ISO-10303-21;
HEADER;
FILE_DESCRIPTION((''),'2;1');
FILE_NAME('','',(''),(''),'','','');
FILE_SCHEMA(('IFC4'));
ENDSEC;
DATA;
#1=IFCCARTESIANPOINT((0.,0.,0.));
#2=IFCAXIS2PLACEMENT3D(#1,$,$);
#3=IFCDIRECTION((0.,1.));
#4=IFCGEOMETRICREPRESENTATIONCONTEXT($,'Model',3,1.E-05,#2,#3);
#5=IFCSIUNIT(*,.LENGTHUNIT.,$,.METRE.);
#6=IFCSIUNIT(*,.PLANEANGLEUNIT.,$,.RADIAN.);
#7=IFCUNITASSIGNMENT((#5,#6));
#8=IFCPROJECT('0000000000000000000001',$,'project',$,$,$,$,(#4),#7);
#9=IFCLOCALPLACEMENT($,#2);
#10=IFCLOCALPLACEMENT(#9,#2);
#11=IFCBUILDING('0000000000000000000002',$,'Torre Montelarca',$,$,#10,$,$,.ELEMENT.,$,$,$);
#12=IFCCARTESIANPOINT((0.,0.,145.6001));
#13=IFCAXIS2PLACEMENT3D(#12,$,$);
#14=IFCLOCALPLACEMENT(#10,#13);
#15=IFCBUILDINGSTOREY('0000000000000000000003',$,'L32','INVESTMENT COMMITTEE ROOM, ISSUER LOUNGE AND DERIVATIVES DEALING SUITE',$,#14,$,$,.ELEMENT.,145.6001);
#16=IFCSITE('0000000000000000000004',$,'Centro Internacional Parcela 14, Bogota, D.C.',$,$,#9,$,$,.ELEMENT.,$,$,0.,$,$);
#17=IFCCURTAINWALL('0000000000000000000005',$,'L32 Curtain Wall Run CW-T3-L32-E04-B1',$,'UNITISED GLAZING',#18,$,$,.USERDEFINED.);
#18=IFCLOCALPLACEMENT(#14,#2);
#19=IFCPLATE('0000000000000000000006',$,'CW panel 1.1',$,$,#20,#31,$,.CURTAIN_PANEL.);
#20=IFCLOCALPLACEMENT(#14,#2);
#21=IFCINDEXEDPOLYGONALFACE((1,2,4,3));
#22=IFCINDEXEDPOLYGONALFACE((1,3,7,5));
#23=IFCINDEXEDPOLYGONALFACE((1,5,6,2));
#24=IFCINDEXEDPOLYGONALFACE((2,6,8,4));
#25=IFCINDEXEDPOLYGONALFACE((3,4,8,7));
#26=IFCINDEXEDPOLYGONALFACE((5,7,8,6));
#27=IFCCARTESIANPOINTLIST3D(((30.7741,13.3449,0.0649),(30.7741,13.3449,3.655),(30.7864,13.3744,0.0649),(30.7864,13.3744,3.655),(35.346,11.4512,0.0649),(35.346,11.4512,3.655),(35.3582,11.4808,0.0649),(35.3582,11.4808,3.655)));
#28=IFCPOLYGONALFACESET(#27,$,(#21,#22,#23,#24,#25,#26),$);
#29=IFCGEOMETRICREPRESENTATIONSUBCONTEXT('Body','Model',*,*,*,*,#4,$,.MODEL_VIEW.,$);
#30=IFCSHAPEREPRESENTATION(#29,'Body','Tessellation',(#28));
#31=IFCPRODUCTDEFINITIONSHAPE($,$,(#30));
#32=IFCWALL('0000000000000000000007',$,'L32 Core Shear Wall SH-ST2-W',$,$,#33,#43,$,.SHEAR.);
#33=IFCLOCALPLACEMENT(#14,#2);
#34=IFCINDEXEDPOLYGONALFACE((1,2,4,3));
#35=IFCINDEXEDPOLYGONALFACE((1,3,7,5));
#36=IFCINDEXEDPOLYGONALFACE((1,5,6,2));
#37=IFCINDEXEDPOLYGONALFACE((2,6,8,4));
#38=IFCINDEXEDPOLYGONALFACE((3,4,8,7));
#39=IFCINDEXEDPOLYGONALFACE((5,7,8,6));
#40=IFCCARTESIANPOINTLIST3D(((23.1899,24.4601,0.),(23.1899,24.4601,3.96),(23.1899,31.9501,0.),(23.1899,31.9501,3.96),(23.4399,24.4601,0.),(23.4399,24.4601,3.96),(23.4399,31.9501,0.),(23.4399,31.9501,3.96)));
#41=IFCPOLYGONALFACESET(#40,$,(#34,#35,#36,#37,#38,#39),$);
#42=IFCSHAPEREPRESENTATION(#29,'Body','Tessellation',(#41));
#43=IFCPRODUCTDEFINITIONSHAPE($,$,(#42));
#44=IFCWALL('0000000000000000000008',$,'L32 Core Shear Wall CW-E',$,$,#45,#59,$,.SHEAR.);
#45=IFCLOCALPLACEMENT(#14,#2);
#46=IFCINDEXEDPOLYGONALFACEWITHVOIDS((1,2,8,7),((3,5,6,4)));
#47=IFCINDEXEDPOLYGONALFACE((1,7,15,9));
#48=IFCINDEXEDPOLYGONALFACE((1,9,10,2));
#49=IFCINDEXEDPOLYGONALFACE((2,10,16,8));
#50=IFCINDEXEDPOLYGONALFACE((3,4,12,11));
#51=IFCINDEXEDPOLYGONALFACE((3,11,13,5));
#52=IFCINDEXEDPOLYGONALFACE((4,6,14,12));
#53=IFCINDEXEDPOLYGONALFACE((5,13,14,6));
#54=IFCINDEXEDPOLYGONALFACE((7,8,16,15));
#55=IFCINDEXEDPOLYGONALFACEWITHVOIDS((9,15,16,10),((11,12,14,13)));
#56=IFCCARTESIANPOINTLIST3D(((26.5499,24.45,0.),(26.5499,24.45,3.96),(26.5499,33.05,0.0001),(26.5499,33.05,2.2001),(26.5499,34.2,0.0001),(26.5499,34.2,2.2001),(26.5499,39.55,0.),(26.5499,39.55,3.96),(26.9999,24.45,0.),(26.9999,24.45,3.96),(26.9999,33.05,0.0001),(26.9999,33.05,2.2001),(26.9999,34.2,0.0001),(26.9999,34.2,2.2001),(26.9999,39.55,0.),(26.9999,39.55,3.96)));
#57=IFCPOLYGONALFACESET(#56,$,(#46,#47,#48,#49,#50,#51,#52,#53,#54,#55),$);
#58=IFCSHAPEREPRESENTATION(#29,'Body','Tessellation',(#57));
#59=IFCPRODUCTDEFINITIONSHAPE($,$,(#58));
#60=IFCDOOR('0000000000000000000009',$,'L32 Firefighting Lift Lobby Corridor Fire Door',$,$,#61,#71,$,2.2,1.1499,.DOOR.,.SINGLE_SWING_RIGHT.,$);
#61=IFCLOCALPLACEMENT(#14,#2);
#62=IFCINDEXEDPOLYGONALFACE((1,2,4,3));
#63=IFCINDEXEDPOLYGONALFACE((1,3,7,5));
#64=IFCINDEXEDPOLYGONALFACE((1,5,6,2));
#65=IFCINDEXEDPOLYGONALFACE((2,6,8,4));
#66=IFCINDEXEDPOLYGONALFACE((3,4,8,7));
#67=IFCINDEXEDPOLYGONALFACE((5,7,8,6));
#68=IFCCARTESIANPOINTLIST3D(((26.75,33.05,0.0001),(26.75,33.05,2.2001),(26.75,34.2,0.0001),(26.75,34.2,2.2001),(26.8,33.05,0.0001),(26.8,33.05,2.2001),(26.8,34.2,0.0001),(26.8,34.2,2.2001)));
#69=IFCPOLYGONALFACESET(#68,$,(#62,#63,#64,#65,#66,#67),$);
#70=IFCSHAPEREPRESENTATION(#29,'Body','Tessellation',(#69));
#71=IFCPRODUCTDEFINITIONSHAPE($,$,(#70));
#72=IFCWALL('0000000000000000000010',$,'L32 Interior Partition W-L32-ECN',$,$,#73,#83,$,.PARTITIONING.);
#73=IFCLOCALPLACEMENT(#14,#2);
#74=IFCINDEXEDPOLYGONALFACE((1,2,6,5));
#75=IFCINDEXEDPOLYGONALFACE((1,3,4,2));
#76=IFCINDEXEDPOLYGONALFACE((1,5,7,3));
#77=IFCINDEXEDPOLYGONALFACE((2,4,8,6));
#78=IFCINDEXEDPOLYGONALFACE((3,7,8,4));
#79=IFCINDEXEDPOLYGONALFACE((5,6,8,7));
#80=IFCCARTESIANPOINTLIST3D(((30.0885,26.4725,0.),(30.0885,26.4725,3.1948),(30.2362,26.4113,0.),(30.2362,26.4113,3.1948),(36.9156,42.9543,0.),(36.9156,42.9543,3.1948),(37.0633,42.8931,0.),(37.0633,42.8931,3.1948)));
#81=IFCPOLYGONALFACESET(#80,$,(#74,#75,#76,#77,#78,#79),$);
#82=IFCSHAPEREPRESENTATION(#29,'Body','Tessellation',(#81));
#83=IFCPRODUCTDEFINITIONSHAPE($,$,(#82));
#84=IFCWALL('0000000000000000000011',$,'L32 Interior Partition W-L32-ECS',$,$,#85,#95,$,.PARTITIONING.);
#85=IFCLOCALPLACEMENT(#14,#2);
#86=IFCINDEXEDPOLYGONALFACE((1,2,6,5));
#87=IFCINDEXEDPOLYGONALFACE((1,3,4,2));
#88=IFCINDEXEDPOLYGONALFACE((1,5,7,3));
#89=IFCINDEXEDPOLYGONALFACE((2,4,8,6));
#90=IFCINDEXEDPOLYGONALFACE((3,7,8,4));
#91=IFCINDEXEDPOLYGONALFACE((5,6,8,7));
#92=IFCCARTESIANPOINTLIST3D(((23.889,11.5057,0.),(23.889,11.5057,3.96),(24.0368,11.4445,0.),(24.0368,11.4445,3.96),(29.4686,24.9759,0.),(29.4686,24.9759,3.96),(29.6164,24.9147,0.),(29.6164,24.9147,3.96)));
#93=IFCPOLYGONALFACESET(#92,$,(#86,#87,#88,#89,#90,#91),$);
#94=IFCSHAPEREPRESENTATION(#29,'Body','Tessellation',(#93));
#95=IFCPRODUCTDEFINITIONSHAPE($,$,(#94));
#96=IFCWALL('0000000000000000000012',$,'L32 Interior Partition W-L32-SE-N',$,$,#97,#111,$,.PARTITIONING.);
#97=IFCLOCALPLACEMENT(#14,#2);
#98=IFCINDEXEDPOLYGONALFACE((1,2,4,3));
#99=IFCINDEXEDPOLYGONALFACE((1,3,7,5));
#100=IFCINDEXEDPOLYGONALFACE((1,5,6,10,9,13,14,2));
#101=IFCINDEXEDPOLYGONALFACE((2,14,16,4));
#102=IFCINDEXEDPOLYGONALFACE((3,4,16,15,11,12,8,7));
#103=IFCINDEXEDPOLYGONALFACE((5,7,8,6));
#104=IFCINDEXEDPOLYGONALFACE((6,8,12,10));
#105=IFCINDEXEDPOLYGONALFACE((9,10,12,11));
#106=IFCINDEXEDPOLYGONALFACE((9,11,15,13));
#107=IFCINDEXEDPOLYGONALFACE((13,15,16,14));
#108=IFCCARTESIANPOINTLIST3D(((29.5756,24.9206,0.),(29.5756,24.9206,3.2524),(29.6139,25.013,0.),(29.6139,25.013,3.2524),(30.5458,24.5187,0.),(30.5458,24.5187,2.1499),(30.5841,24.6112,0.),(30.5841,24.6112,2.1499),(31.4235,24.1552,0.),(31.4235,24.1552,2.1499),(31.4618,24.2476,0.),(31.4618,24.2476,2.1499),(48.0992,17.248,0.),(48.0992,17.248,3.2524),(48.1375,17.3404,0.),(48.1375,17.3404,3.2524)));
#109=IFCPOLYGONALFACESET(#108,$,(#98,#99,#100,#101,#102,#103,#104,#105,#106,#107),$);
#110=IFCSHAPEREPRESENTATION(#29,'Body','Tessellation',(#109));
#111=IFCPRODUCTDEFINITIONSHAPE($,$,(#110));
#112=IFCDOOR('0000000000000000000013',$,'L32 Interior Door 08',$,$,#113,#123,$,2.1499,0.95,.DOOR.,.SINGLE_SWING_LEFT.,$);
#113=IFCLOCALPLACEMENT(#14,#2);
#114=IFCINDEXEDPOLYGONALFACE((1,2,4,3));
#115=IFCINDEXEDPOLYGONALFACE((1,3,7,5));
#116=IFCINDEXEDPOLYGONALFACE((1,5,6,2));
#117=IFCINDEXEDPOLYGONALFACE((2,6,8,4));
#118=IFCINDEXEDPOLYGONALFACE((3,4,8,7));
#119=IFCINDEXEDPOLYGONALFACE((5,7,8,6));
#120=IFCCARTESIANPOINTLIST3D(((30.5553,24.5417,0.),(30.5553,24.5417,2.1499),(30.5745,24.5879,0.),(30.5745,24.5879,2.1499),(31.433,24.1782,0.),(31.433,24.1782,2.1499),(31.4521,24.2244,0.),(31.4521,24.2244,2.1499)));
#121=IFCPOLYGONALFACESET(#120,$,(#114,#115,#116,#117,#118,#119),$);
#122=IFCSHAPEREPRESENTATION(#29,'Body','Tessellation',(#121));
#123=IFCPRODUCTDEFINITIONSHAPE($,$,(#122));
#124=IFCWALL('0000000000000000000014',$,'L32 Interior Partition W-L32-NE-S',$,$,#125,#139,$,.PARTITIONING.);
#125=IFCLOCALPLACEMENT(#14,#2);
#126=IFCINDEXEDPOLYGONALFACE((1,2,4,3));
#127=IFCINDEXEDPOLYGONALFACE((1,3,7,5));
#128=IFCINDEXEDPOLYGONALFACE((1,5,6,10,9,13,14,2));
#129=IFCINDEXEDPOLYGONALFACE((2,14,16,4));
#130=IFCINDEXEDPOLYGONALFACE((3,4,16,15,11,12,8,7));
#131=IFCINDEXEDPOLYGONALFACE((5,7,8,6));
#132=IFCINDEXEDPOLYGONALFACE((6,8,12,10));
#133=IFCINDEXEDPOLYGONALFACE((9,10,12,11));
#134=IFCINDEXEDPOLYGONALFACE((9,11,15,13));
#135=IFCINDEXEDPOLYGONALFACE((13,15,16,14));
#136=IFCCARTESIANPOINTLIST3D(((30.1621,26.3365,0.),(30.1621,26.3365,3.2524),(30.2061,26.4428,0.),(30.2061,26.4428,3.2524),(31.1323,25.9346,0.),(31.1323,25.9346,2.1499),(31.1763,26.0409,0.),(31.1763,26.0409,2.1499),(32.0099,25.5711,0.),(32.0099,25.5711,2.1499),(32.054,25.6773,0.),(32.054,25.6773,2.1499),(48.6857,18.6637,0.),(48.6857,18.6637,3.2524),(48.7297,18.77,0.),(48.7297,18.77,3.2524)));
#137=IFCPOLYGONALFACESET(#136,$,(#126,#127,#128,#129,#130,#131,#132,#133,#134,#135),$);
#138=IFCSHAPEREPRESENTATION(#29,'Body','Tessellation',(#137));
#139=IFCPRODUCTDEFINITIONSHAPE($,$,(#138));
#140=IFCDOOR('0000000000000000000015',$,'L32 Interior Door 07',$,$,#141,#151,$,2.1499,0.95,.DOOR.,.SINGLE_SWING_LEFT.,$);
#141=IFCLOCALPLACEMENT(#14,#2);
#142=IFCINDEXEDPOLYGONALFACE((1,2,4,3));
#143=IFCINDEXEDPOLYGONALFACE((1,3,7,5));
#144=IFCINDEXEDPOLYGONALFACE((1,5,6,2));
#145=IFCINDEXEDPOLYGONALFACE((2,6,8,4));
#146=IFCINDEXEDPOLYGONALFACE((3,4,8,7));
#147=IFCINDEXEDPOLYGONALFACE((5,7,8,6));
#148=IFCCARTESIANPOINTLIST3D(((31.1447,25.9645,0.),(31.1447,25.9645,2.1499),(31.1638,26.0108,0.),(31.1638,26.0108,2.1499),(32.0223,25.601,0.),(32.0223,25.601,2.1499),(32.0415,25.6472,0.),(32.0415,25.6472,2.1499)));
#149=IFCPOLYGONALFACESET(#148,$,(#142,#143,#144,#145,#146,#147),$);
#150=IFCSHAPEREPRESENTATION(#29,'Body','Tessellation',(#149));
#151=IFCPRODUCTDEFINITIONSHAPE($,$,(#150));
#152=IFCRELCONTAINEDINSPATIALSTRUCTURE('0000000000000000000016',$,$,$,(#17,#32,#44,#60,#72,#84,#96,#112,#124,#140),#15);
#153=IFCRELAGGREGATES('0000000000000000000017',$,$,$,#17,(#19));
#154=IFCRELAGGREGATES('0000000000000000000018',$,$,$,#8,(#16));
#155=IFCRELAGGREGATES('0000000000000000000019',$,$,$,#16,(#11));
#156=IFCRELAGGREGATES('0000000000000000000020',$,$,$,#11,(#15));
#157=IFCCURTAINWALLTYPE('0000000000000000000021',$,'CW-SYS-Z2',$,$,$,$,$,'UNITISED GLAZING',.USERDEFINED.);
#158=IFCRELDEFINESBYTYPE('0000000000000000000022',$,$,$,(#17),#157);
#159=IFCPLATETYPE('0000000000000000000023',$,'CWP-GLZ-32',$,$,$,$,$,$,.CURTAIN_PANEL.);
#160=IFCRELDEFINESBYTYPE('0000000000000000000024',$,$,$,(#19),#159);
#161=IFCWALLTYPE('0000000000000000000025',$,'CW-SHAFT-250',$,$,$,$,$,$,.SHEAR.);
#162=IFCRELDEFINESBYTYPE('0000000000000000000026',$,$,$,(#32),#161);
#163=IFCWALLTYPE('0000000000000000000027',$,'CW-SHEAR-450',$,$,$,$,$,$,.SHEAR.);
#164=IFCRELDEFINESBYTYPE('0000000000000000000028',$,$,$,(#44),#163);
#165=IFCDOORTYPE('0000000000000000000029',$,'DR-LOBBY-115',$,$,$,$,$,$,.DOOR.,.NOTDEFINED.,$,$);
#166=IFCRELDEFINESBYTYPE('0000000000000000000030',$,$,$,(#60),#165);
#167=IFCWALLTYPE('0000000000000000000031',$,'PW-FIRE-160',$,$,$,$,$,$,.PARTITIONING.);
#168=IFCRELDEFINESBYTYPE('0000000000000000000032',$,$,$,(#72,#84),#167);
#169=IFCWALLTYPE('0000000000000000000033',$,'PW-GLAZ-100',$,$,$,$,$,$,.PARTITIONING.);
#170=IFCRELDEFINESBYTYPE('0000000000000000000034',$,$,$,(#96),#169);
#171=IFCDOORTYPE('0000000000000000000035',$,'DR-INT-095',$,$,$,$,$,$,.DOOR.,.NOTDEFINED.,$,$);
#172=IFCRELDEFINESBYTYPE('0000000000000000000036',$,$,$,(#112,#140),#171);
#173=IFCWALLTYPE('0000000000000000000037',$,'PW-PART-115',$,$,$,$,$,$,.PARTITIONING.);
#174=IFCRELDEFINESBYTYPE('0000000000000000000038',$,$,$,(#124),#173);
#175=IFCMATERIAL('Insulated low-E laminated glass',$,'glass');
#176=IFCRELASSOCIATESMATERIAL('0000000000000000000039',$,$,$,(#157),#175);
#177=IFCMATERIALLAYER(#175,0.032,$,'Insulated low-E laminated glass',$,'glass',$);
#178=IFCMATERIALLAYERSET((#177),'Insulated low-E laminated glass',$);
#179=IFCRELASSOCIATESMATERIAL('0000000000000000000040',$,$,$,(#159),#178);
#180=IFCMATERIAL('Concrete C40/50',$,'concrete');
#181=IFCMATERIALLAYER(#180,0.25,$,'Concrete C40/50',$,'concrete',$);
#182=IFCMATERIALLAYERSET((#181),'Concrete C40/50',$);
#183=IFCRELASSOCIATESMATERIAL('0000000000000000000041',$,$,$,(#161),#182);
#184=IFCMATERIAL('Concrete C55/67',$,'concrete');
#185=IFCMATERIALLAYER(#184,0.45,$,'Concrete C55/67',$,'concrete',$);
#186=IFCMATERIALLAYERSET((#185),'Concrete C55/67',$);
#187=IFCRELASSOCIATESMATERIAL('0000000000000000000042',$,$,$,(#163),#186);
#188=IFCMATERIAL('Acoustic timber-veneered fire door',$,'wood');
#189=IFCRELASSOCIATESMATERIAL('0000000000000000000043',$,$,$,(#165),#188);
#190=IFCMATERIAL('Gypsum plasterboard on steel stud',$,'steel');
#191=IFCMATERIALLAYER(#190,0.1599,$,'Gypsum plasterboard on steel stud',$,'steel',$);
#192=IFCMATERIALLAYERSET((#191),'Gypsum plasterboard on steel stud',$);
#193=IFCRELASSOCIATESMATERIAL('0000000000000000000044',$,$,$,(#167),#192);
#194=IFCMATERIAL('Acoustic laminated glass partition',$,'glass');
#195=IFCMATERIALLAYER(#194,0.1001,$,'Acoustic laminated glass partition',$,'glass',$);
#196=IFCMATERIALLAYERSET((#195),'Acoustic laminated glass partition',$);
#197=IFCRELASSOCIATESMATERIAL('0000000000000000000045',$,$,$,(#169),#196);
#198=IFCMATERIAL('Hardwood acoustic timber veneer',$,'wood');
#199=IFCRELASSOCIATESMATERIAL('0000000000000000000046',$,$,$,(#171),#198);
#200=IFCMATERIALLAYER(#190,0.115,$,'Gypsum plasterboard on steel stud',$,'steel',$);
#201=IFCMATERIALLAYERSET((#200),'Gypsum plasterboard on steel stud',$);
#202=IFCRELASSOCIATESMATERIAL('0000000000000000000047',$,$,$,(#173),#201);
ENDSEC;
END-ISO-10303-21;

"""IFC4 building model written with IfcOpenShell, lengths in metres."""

from ifc_helpers import new_model, si_unit, direction, frame, frame_2d, origin, origin_2d, place, context, subcontext, project, spatial, rectangle, extrude, source, transform, mapped, material, layer, layer_set, type_object, element, fill, aggregate, save


model = new_model("IFC4")

# Units and contexts
model_context = context("Model", 3, precision=1e-05, world=origin(), true_north=direction((0.0, 1.0)))
body_context = subcontext(model_context, "Body", "Model", "MODEL_VIEW")
ifc_project = project(units=[si_unit("LENGTHUNIT", "METRE"), si_unit("PLANEANGLEUNIT", "RADIAN")], contexts=[model_context])

# Site, building, storey
site_placement = place(None, origin())
site = spatial("IfcSite", under=ifc_project, at=site_placement, Name="Centro Internacional Parcela 14, Bogota, D.C.", CompositionType="ELEMENT", RefElevation=0.0)
building_placement = place(site_placement, origin())
building = spatial("IfcBuilding", under=site, at=building_placement, Name="Torre Montelarca", CompositionType="ELEMENT")
storey_placement = place(building_placement, frame((0.0, 0.0, 145.6001)))
storey = spatial("IfcBuildingStorey", under=building, at=storey_placement, Name="L32", Description="INVESTMENT COMMITTEE ROOM, ISSUER LOUNGE AND DERIVATIVES DEALING SUITE", CompositionType="ELEMENT", Elevation=145.6001)

# Shared definitions
ifc_material_1 = material(Name="Concrete C55/67", Category="concrete")

# Shared definitions
ifc_material_2 = material(Name="Insulated low-E laminated glass", Category="glass")
curtain_wall_type = type_object("IfcCurtainWallType", Name="CW-SYS-Z2", ElementType="UNITISED GLAZING", PredefinedType="USERDEFINED", material=ifc_material_2)

# Curtain wall
curtain_wall_1_placement = place(storey_placement, origin())
curtain_wall_1 = element("IfcCurtainWall", 1, at=curtain_wall_1_placement, inside=storey, type_object=curtain_wall_type, Name="L32 Curtain Wall Run CW-T3-L32-E04-B1", ObjectType="UNITISED GLAZING", PredefinedType="USERDEFINED")

# Plate
ifc_layer_1 = layer(ifc_material_2, 0.032, Name="Insulated low-E laminated glass", Category="glass")
ifc_layer_set_1 = layer_set([ifc_layer_1], Name="Insulated low-E laminated glass")
plate_type = type_object("IfcPlateType", Name="CWP-GLZ-32", PredefinedType="CURTAIN_PANEL", material=ifc_layer_set_1)
shared_shape_1 = source(origin(), body_context, "Body", "SweptSolid", [
    extrude(rectangle(XDim=4.9485, YDim=0.032, at=origin_2d()), origin(), (0.0, 0.0, 1.0), 3.5901),
])
plate_1_placement = place(storey_placement, frame((33.0662, 12.4128, 0.0649), z_axis=(0.0, 0.0, 1.0), x_axis=(0.923885, -0.382671, 0.0)))
plate_1 = element("IfcPlate", 2, at=plate_1_placement, type_object=plate_type, Name="CW panel 1.1", PredefinedType="CURTAIN_PANEL", context=body_context, shape_type="MappedRepresentation", body=[
    mapped(shared_shape_1, transform((0.0, 0.0, 0.0), scale=1.0)),
])
aggregate(curtain_wall_1, [plate_1])

# Wall
ifc_material_3 = material(Name="Concrete C40/50", Category="concrete")
ifc_layer_2 = layer(ifc_material_3, 0.25, Name="Concrete C40/50", Category="concrete")
ifc_layer_set_2 = layer_set([ifc_layer_2], Name="Concrete C40/50")
wall_type_1 = type_object("IfcWallType", Name="CW-SHAFT-250", PredefinedType="SHEAR", material=ifc_layer_set_2)
wall_1_placement = place(storey_placement, frame((23.3149, 24.46, 0.0), z_axis=(0.0, 0.0, 1.0), x_axis=(0.0, 1.0, 0.0)))
element("IfcWall", 3, at=wall_1_placement, inside=storey, type_object=wall_type_1, Name="L32 Core Shear Wall SH-ST2-W", PredefinedType="SHEAR", context=body_context, shape_type="SweptSolid", body=[
    extrude(rectangle(XDim=7.49, YDim=0.25, at=frame_2d((3.7451, 0.0))), origin(), (0.0, 0.0, 1.0), 3.96),
])

# Wall, opening, door
ifc_layer_3 = layer(ifc_material_1, 0.45, Name="Concrete C55/67", Category="concrete")
ifc_layer_set_3 = layer_set([ifc_layer_3], Name="Concrete C55/67")
wall_type_2 = type_object("IfcWallType", Name="CW-SHEAR-450", PredefinedType="SHEAR", material=ifc_layer_set_3)
wall_2_placement = place(storey_placement, frame((26.7749, 24.45, 0.0), z_axis=(0.0, 0.0, 1.0), x_axis=(0.0, 1.0, 0.0)))
wall_2 = element("IfcWall", 4, at=wall_2_placement, inside=storey, type_object=wall_type_2, Name="L32 Core Shear Wall CW-E", PredefinedType="SHEAR", context=body_context, shape_type="SweptSolid", body=[
    extrude(rectangle(XDim=15.1001, YDim=0.45, at=frame_2d((7.55, 0.0))), origin(), (0.0, 0.0, 1.0), 3.96),
])
opening_1_placement = place(wall_2_placement, frame((8.6001, 0.0, 0.0)))
opening_1 = element("IfcOpeningElement", 5, at=opening_1_placement, cuts=wall_2, PredefinedType="OPENING", context=body_context, shape_type="SweptSolid", body=[
    extrude(rectangle(XDim=1.1499, YDim=2.2, at=frame_2d((0.575, 1.1001))), frame((0.0, 0.2349, 0.0), z_axis=(0.0, -1.0, 0.0), x_axis=(1.0, 0.0, 0.0)), (0.0, 0.0, 1.0), 0.47),
])
ifc_material_4 = material(Name="Acoustic timber-veneered fire door", Category="wood")
door_type_1 = type_object("IfcDoorType", Name="DR-LOBBY-115", OperationType="NOTDEFINED", PredefinedType="DOOR", material=ifc_material_4)
shared_shape_2 = source(origin(), body_context, "Body", "SweptSolid", [
    extrude(rectangle(XDim=1.1499, YDim=2.2, at=frame_2d((0.575, 1.1001))), frame((0.0, 0.0249, 0.0), z_axis=(0.0, -1.0, 0.0), x_axis=(1.0, 0.0, 0.0)), (0.0, 0.0, 1.0), 0.05),
])
door_1_placement = place(opening_1_placement, origin())
door_1 = element("IfcDoor", 6, at=door_1_placement, inside=storey, type_object=door_type_1, Name="L32 Firefighting Lift Lobby Corridor Fire Door", OperationType="SINGLE_SWING_RIGHT", OverallHeight=2.2, OverallWidth=1.1499, PredefinedType="DOOR", context=body_context, shape_type="MappedRepresentation", body=[
    mapped(shared_shape_2, transform((0.0, 0.0, 0.0), scale=1.0)),
])
fill(opening_1, door_1)

# Walls
ifc_material_5 = material(Name="Gypsum plasterboard on steel stud", Category="steel")
ifc_layer_4 = layer(ifc_material_5, 0.1599, Name="Gypsum plasterboard on steel stud", Category="steel")
ifc_layer_set_4 = layer_set([ifc_layer_4], Name="Gypsum plasterboard on steel stud")
wall_type_3 = type_object("IfcWallType", Name="PW-FIRE-160", PredefinedType="PARTITIONING", material=ifc_layer_set_4)
wall_3_placement = place(storey_placement, frame((30.1624, 26.4419, 0.0), z_axis=(0.0, 0.0, 1.0), x_axis=(0.382689, 0.923877, 0.0)))
element("IfcWall", 7, at=wall_3_placement, inside=storey, type_object=wall_type_3, Name="L32 Interior Partition W-L32-ECN", PredefinedType="PARTITIONING", context=body_context, shape_type="SweptSolid", body=[
    extrude(rectangle(XDim=17.8398, YDim=0.1599, at=frame_2d((8.9199, 0.0))), origin(), (0.0, 0.0, 1.0), 3.1948),
])
wall_4_placement = place(storey_placement, frame((23.9629, 11.4751, 0.0), z_axis=(0.0, 0.0, 1.0), x_axis=(0.382686, 0.923878, 0.0)))
element("IfcWall", 8, at=wall_4_placement, inside=storey, type_object=wall_type_3, Name="L32 Interior Partition W-L32-ECS", PredefinedType="PARTITIONING", context=body_context, shape_type="SweptSolid", body=[
    extrude(rectangle(XDim=14.5801, YDim=0.1599, at=frame_2d((7.29, 0.0))), origin(), (0.0, 0.0, 1.0), 3.96),
])

# Walls, openings, doors
ifc_material_6 = material(Name="Acoustic laminated glass partition", Category="glass")
ifc_layer_5 = layer(ifc_material_6, 0.1001, Name="Acoustic laminated glass partition", Category="glass")
ifc_layer_set_5 = layer_set([ifc_layer_5], Name="Acoustic laminated glass partition")
wall_type_4 = type_object("IfcWallType", Name="PW-GLAZ-100", PredefinedType="PARTITIONING", material=ifc_layer_set_5)
wall_5_placement = place(storey_placement, frame((29.5947, 24.9668, 0.0), z_axis=(0.0, 0.0, 1.0), x_axis=(0.923882, -0.382677, 0.0)))
wall_5 = element("IfcWall", 9, at=wall_5_placement, inside=storey, type_object=wall_type_4, Name="L32 Interior Partition W-L32-SE-N", PredefinedType="PARTITIONING", context=body_context, shape_type="SweptSolid", body=[
    extrude(rectangle(XDim=20.0498, YDim=0.1001, at=frame_2d((10.0249, 0.0))), origin(), (0.0, 0.0, 1.0), 3.2524),
])
opening_2_placement = place(wall_5_placement, frame((1.05, 0.0, 0.0)))
opening_2 = element("IfcOpeningElement", 10, at=opening_2_placement, cuts=wall_5, PredefinedType="OPENING", context=body_context, shape_type="SweptSolid", body=[
    extrude(rectangle(XDim=0.95, YDim=2.1499, at=frame_2d((0.4751, 1.075))), frame((0.0, 0.0601, 0.0), z_axis=(0.0, -1.0, 0.0), x_axis=(1.0, 0.0, 0.0)), (0.0, 0.0, 1.0), 0.1201),
])
ifc_material_7 = material(Name="Hardwood acoustic timber veneer", Category="wood")
door_type_2 = type_object("IfcDoorType", Name="DR-INT-095", OperationType="NOTDEFINED", PredefinedType="DOOR", material=ifc_material_7)
shared_shape_3 = source(origin(), body_context, "Body", "SweptSolid", [
    extrude(rectangle(XDim=0.95, YDim=2.1499, at=frame_2d((0.4751, 1.075))), frame((0.0, 0.0249, 0.0), z_axis=(0.0, -1.0, 0.0), x_axis=(1.0, 0.0, 0.0)), (0.0, 0.0, 1.0), 0.05),
])
door_2_placement = place(opening_2_placement, origin())
door_2 = element("IfcDoor", 11, at=door_2_placement, inside=storey, type_object=door_type_2, Name="L32 Interior Door 08", OperationType="SINGLE_SWING_LEFT", OverallHeight=2.1499, OverallWidth=0.95, PredefinedType="DOOR", context=body_context, shape_type="MappedRepresentation", body=[
    mapped(shared_shape_3, transform((0.0, 0.0, 0.0), scale=1.0)),
])
fill(opening_2, door_2)
ifc_layer_6 = layer(ifc_material_5, 0.115, Name="Gypsum plasterboard on steel stud", Category="steel")
ifc_layer_set_6 = layer_set([ifc_layer_6], Name="Gypsum plasterboard on steel stud")
wall_type_5 = type_object("IfcWallType", Name="PW-PART-115", PredefinedType="PARTITIONING", material=ifc_layer_set_6)
wall_6_placement = place(storey_placement, frame((30.1841, 26.3896, 0.0), z_axis=(0.0, 0.0, 1.0), x_axis=(0.923878, -0.382687, 0.0)))
wall_6 = element("IfcWall", 12, at=wall_6_placement, inside=storey, type_object=wall_type_5, Name="L32 Interior Partition W-L32-NE-S", PredefinedType="PARTITIONING", context=body_context, shape_type="SweptSolid", body=[
    extrude(rectangle(XDim=20.0498, YDim=0.115, at=frame_2d((10.0249, 0.0))), origin(), (0.0, 0.0, 1.0), 3.2524),
])
opening_3_placement = place(wall_6_placement, frame((1.05, 0.0, 0.0)))
opening_3 = element("IfcOpeningElement", 13, at=opening_3_placement, cuts=wall_6, PredefinedType="OPENING", context=body_context, shape_type="SweptSolid", body=[
    extrude(rectangle(XDim=0.95, YDim=2.1499, at=frame_2d((0.4751, 1.075))), frame((0.0, 0.0674, 0.0), z_axis=(0.0, -1.0, 0.0), x_axis=(1.0, 0.0, 0.0)), (0.0, 0.0, 1.0), 0.135),
])
door_3_placement = place(opening_3_placement, origin())
door_3 = element("IfcDoor", 14, at=door_3_placement, inside=storey, type_object=door_type_2, Name="L32 Interior Door 07", OperationType="SINGLE_SWING_LEFT", OverallHeight=2.1499, OverallWidth=0.95, PredefinedType="DOOR", context=body_context, shape_type="MappedRepresentation", body=[
    mapped(shared_shape_3, transform((0.0, 0.0, 0.0), scale=1.0)),
])
fill(opening_3, door_3)

save(model, "model.ifc")
